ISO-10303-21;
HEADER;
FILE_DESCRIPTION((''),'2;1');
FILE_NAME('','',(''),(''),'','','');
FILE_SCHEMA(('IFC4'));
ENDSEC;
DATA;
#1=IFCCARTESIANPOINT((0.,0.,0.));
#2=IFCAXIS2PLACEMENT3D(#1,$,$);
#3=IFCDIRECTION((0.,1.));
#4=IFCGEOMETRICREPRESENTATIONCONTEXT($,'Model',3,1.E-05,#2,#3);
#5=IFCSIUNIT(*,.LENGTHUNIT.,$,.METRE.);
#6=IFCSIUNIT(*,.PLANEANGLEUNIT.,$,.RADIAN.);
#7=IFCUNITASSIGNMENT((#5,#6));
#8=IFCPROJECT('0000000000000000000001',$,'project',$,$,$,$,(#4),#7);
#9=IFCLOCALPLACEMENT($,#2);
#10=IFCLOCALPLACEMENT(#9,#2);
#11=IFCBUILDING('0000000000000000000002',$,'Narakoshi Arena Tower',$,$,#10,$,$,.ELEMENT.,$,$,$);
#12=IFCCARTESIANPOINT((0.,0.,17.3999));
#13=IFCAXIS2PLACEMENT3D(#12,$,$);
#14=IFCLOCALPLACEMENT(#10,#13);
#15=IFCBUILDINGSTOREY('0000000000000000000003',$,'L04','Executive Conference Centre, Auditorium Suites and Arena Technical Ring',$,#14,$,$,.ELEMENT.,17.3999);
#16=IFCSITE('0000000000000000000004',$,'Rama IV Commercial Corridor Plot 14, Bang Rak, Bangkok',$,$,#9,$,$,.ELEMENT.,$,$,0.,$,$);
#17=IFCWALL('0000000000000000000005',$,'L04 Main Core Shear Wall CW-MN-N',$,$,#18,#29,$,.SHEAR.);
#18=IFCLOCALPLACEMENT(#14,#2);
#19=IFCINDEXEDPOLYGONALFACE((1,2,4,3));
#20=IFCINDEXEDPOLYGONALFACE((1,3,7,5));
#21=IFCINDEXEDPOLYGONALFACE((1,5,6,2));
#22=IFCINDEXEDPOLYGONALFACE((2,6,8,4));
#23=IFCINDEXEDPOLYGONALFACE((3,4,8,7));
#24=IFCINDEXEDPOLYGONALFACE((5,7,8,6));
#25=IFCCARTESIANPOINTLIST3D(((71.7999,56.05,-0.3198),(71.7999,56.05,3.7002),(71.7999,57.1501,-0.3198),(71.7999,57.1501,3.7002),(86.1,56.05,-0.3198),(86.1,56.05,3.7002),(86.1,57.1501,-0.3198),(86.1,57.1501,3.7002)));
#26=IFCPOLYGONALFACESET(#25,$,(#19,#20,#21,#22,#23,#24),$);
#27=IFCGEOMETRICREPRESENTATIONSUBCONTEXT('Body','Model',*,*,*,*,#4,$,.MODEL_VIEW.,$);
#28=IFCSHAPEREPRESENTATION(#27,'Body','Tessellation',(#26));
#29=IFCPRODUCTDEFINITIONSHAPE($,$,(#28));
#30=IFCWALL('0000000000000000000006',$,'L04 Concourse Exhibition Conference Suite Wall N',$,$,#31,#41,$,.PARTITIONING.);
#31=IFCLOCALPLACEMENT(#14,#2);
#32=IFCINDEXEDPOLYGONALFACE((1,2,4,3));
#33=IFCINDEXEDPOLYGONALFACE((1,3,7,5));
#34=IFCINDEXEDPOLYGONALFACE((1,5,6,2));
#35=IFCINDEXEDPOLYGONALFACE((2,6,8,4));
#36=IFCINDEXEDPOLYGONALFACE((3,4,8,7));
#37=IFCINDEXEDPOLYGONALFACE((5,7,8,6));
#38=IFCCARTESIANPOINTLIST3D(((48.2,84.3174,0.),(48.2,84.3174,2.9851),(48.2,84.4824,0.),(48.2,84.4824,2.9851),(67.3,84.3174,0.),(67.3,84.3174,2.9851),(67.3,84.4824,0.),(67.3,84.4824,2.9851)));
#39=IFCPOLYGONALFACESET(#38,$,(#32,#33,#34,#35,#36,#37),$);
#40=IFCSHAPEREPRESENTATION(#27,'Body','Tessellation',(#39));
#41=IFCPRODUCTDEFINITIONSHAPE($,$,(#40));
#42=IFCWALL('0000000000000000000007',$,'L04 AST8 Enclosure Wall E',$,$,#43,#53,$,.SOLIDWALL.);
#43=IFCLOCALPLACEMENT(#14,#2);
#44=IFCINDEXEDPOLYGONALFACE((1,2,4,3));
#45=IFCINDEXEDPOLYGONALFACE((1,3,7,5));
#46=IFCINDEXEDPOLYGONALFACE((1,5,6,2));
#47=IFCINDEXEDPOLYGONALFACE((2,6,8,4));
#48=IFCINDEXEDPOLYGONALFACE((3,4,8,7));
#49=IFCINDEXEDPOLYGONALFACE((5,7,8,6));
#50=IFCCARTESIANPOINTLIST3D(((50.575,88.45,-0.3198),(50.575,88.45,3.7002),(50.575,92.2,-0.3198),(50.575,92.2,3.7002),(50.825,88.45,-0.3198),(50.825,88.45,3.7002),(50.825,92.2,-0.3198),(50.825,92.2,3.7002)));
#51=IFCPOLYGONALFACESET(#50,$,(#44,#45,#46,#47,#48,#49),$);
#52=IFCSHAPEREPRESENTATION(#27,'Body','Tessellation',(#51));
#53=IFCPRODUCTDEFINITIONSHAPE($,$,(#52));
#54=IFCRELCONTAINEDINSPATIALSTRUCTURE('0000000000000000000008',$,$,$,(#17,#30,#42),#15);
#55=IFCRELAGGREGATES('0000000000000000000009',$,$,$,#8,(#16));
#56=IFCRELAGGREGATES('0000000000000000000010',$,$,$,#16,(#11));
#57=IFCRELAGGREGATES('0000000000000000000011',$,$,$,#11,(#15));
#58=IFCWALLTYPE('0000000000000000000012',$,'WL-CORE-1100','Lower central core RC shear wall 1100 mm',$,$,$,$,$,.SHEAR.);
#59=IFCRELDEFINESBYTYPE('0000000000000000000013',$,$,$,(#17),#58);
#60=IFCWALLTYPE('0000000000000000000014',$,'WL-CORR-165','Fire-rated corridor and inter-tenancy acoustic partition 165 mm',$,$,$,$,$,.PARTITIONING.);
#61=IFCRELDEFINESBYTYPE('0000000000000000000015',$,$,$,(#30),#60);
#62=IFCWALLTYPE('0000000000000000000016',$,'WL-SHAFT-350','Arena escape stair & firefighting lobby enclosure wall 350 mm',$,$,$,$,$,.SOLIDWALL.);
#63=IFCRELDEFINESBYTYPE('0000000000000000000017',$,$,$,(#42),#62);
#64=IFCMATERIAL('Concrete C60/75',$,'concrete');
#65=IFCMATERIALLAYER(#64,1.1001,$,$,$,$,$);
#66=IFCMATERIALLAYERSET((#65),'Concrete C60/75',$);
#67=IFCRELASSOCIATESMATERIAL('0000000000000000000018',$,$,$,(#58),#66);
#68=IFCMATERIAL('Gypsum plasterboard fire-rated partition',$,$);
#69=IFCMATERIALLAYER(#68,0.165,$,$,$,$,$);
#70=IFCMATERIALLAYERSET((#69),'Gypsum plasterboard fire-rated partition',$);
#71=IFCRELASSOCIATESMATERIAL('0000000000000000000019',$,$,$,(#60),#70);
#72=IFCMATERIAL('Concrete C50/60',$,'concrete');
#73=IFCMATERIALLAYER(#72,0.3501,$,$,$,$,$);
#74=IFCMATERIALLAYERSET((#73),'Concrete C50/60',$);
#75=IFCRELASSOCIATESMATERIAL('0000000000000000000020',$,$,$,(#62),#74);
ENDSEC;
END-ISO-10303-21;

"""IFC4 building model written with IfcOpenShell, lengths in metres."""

from ifc_helpers import new_model, si_unit, direction, frame, frame_2d, origin, place, context, subcontext, project, spatial, rectangle, extrude, material, layer, layer_set, type_object, element, save


model = new_model("IFC4")

# Units and contexts
model_context = context("Model", 3, precision=1e-05, world=origin(), true_north=direction((0.0, 1.0)))
body_context = subcontext(model_context, "Body", "Model", "MODEL_VIEW")
ifc_project = project(units=[si_unit("LENGTHUNIT", "METRE"), si_unit("PLANEANGLEUNIT", "RADIAN")], contexts=[model_context])

# Site, building, storey
site_placement = place(None, origin())
site = spatial("IfcSite", under=ifc_project, at=site_placement, Name="Rama IV Commercial Corridor Plot 14, Bang Rak, Bangkok", CompositionType="ELEMENT", RefElevation=0.0)
building_placement = place(site_placement, origin())
building = spatial("IfcBuilding", under=site, at=building_placement, Name="Narakoshi Arena Tower", CompositionType="ELEMENT")
storey_placement = place(building_placement, frame((0.0, 0.0, 17.3999)))
storey = spatial("IfcBuildingStorey", under=building, at=storey_placement, Name="L04", Description="Executive Conference Centre, Auditorium Suites and Arena Technical Ring", CompositionType="ELEMENT", Elevation=17.3999)

# Shared definitions
ifc_material_1 = material(Name="Concrete C60/75", Category="concrete")

# Walls
ifc_layer_1 = layer(ifc_material_1, 1.1001)
ifc_layer_set_1 = layer_set([ifc_layer_1], Name="Concrete C60/75")
wall_type_1 = type_object("IfcWallType", Name="WL-CORE-1100", Description="Lower central core RC shear wall 1100 mm", PredefinedType="SHEAR", material=ifc_layer_set_1)
wall_1_placement = place(storey_placement, frame((71.8, 56.6001, -0.3198), z_axis=(0.0, 0.0, 1.0), x_axis=(1.0, 0.0, 0.0)))
element("IfcWall", 1, at=wall_1_placement, inside=storey, type_object=wall_type_1, Name="L04 Main Core Shear Wall CW-MN-N", PredefinedType="SHEAR", context=body_context, shape_type="SweptSolid", body=[
    extrude(rectangle(XDim=14.3, YDim=1.1001, at=frame_2d((7.1499, 0.0))), origin(), (0.0, 0.0, 1.0), 4.02),
])
ifc_material_2 = material(Name="Gypsum plasterboard fire-rated partition")
ifc_layer_2 = layer(ifc_material_2, 0.165)
ifc_layer_set_2 = layer_set([ifc_layer_2], Name="Gypsum plasterboard fire-rated partition")
wall_type_2 = type_object("IfcWallType", Name="WL-CORR-165", Description="Fire-rated corridor and inter-tenancy acoustic partition 165 mm", PredefinedType="PARTITIONING", material=ifc_layer_set_2)
wall_2_placement = place(storey_placement, frame((67.3, 84.3999, 0.0), z_axis=(0.0, 0.0, 1.0), x_axis=(-1.0, 0.0, 0.0)))
element("IfcWall", 2, at=wall_2_placement, inside=storey, type_object=wall_type_2, Name="L04 Concourse Exhibition Conference Suite Wall N", PredefinedType="PARTITIONING", context=body_context, shape_type="SweptSolid", body=[
    extrude(rectangle(XDim=19.1001, YDim=0.165, at=frame_2d((9.55, 0.0))), origin(), (0.0, 0.0, 1.0), 2.9851),
])
ifc_material_3 = material(Name="Concrete C50/60", Category="concrete")
ifc_layer_3 = layer(ifc_material_3, 0.3501)
ifc_layer_set_3 = layer_set([ifc_layer_3], Name="Concrete C50/60")
wall_type_3 = type_object("IfcWallType", Name="WL-SHAFT-350", Description="Arena escape stair & firefighting lobby enclosure wall 350 mm", PredefinedType="SOLIDWALL", material=ifc_layer_set_3)
wall_3_placement = place(storey_placement, frame((50.7, 88.45, -0.3198), z_axis=(0.0, 0.0, 1.0), x_axis=(0.0, 1.0, 0.0)))
element("IfcWall", 3, at=wall_3_placement, inside=storey, type_object=wall_type_3, Name="L04 AST8 Enclosure Wall E", PredefinedType="SOLIDWALL", context=body_context, shape_type="SweptSolid", body=[
    extrude(rectangle(XDim=3.75, YDim=0.25, at=frame_2d((1.875, 0.0))), origin(), (0.0, 0.0, 1.0), 4.02),
])

save(model, "model.ifc")
